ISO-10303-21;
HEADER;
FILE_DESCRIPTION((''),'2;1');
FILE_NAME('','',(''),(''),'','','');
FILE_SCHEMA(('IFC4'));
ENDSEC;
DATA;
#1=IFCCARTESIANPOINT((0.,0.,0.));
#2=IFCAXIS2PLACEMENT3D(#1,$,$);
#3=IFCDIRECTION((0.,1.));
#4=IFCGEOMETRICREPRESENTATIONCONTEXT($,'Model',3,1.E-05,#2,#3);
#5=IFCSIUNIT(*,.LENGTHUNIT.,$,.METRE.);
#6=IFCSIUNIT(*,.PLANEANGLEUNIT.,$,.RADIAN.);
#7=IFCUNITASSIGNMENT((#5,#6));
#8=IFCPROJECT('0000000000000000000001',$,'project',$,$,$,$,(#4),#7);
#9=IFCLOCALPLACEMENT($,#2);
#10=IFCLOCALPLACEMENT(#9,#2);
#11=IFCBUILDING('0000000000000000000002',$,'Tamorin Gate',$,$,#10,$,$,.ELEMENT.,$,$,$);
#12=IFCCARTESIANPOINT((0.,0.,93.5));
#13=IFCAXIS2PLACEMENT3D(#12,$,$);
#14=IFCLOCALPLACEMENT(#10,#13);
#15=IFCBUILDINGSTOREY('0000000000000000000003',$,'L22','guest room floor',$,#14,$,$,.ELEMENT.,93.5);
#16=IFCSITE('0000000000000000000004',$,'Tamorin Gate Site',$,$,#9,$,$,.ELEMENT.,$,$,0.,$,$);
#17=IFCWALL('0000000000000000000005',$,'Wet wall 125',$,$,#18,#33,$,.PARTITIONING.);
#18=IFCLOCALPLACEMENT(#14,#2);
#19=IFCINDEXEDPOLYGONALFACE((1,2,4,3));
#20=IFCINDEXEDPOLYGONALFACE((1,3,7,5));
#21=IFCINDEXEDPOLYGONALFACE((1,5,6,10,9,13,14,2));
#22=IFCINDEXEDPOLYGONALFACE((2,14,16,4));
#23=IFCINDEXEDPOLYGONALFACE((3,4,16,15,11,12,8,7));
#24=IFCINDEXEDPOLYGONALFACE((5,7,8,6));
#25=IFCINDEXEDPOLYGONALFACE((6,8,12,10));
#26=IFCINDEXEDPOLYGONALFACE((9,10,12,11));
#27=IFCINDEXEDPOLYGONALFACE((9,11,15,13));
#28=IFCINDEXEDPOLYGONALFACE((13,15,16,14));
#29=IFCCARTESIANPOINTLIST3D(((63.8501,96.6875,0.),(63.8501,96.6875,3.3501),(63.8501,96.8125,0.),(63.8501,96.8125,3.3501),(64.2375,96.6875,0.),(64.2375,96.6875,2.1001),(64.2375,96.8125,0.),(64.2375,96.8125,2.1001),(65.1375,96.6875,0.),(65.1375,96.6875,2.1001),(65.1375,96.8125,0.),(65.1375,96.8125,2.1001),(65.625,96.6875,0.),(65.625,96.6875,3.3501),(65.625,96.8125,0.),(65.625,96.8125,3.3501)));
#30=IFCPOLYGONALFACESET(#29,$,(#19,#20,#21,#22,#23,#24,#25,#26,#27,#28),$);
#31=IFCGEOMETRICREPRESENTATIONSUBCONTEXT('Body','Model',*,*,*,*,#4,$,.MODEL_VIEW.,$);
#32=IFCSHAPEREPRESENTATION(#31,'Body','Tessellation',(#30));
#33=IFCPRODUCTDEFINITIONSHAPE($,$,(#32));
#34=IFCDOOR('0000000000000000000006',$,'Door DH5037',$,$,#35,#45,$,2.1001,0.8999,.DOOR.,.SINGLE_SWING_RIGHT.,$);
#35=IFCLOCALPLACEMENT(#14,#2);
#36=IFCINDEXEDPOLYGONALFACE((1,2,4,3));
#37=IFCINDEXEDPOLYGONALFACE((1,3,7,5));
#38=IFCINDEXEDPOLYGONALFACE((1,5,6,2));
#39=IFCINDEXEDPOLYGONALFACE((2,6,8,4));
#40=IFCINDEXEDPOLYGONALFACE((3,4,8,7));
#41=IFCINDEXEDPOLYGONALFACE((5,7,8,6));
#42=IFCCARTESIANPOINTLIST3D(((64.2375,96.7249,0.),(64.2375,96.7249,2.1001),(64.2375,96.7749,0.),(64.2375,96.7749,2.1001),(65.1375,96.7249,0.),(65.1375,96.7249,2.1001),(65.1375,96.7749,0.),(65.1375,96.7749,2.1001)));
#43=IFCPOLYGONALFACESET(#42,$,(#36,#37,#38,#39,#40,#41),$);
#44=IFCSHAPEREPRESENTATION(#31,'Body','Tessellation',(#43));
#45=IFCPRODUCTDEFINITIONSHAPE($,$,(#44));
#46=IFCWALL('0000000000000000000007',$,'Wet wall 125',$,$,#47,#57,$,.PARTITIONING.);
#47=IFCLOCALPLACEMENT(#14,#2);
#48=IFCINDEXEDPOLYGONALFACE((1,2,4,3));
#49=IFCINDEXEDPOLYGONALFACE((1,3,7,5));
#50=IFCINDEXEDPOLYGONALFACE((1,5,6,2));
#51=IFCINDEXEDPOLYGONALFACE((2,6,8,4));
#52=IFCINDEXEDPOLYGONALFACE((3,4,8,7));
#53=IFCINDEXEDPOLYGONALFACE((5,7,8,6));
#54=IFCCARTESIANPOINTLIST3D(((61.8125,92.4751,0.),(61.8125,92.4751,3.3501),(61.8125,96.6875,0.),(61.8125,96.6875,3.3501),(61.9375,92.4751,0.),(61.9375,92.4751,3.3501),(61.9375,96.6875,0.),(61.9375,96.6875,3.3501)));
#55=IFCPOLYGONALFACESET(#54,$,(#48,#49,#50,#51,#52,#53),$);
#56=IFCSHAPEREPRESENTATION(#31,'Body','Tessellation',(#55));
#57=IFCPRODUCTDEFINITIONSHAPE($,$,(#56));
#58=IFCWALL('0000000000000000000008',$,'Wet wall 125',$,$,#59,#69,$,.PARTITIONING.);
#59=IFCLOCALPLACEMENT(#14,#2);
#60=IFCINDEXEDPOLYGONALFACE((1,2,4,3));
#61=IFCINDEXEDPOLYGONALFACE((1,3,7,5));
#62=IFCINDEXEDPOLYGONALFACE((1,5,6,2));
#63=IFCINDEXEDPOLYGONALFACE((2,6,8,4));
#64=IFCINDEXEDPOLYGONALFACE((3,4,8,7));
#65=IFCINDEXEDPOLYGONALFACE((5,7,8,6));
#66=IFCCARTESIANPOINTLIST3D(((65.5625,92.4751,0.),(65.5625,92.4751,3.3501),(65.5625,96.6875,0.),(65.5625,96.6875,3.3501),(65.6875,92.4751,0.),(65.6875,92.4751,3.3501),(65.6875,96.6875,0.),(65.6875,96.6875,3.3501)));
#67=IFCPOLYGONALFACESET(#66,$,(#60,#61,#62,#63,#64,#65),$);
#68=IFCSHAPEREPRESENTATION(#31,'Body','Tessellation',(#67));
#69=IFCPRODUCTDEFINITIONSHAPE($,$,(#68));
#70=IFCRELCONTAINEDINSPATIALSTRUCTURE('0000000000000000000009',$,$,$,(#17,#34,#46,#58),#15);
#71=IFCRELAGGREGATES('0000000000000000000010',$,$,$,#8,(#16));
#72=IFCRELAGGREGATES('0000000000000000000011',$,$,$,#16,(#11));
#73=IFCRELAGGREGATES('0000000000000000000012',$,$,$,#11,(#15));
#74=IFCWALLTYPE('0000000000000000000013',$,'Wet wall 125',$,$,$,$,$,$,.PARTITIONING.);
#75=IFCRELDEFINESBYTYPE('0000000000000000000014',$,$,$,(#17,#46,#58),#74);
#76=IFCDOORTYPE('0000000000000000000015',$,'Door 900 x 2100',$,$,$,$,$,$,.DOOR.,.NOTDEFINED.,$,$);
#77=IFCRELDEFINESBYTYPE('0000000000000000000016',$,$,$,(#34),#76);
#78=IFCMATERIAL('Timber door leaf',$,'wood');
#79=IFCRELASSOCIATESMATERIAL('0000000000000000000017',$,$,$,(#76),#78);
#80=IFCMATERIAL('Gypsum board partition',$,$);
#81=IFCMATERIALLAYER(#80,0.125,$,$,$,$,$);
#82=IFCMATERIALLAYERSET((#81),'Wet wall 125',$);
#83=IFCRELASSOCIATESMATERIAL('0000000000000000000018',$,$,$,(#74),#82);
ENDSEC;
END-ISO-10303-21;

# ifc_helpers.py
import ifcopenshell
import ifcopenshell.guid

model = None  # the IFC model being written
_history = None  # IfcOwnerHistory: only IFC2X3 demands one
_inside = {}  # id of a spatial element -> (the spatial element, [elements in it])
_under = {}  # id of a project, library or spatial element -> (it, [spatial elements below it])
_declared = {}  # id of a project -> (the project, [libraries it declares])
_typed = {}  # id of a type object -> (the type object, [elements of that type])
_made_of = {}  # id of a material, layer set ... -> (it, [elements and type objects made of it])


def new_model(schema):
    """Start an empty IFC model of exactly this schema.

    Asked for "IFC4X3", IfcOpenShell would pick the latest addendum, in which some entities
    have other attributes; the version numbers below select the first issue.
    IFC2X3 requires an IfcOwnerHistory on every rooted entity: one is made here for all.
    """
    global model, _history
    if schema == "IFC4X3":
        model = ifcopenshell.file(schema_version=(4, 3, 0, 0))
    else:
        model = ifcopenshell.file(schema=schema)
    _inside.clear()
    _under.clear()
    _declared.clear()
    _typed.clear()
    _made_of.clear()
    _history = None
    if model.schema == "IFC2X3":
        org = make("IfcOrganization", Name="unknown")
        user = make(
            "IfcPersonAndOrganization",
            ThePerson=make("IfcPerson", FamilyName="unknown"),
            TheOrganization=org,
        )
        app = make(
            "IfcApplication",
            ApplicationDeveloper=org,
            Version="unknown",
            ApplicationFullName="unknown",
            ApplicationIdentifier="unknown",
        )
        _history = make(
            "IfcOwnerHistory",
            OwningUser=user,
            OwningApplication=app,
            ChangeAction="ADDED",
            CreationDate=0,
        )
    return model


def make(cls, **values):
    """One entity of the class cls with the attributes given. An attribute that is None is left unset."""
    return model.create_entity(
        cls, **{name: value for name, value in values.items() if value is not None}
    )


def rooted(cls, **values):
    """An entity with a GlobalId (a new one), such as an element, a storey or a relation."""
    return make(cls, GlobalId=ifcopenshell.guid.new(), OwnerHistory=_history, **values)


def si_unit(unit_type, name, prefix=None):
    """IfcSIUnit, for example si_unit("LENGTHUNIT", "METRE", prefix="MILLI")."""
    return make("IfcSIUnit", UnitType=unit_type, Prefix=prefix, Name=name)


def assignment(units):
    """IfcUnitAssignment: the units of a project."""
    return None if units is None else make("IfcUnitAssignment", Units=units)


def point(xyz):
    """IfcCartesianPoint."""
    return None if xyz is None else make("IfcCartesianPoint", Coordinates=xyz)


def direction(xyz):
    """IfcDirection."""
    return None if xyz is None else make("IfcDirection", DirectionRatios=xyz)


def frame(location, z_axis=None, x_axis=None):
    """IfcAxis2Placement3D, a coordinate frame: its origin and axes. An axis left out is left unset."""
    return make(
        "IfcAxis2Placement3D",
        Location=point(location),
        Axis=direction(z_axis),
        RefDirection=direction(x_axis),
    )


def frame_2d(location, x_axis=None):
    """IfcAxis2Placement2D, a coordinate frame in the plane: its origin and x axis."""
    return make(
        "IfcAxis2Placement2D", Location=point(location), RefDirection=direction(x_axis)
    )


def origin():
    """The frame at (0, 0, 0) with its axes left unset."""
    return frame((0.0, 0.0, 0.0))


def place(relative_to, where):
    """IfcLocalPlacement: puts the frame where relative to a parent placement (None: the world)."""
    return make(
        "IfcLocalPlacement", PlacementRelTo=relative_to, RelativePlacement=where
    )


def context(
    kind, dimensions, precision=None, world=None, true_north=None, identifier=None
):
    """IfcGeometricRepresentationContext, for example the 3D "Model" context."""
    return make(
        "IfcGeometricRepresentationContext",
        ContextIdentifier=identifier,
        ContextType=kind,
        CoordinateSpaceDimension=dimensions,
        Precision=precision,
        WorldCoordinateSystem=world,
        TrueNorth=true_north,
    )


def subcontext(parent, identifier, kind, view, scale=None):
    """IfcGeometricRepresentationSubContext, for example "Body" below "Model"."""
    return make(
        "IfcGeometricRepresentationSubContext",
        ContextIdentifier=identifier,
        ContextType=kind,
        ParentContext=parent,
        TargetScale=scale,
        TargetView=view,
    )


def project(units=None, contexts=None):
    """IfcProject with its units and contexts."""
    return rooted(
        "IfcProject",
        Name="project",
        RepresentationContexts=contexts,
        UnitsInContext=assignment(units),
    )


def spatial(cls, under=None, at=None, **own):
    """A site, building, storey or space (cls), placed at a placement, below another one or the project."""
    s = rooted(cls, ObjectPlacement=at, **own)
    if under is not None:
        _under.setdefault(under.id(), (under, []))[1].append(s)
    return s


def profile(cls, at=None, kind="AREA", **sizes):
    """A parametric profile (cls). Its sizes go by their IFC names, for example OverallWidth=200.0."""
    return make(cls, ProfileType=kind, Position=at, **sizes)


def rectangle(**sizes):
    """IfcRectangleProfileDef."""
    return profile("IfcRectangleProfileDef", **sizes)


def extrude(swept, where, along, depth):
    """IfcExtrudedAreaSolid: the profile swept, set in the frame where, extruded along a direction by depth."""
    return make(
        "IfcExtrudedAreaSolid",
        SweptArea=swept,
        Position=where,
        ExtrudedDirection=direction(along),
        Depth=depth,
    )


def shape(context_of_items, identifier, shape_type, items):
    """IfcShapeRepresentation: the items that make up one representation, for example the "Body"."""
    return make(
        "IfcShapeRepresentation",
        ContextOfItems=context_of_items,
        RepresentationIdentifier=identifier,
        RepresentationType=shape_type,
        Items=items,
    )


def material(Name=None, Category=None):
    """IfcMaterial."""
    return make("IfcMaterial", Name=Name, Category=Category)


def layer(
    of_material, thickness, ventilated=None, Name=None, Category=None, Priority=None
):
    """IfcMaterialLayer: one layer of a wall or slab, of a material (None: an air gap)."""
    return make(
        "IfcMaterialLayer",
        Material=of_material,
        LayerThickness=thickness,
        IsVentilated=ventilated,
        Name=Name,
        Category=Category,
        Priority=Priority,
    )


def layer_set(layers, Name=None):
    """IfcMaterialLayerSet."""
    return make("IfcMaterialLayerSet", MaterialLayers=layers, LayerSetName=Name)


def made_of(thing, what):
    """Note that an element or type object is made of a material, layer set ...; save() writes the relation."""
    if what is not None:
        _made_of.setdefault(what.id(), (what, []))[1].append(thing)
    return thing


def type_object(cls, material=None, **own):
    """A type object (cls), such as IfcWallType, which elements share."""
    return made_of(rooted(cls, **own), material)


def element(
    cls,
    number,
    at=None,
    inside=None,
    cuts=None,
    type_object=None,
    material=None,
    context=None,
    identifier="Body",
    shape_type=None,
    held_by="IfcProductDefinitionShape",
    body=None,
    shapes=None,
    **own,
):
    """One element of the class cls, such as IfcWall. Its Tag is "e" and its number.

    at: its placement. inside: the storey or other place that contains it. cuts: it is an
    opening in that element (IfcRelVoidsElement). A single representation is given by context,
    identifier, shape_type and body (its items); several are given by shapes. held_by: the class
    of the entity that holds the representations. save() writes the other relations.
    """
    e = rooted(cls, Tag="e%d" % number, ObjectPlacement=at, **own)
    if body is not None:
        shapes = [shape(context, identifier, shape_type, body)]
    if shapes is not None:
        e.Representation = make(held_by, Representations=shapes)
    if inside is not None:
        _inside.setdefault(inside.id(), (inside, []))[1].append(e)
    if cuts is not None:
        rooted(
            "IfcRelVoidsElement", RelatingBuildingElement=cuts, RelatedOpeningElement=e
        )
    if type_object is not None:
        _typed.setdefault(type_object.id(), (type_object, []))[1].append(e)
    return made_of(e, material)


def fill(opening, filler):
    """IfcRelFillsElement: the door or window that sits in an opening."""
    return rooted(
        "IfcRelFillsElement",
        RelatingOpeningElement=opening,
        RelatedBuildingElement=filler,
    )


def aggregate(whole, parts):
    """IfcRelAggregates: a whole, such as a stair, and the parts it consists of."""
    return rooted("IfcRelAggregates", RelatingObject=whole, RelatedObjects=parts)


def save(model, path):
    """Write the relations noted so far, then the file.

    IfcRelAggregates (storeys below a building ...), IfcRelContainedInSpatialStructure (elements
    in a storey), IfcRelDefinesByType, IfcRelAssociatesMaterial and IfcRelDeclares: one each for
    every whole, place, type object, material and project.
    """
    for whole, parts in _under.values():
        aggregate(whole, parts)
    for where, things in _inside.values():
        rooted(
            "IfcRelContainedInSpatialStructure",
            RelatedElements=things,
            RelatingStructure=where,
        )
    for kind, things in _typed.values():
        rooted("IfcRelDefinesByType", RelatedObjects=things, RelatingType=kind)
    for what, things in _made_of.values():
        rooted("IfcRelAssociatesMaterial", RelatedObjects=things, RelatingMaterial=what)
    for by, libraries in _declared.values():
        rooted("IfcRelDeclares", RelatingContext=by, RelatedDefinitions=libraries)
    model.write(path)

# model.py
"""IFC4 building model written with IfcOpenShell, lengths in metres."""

from ifc_helpers import new_model, si_unit, direction, frame, frame_2d, origin, place, context, subcontext, project, spatial, rectangle, extrude, material, layer, layer_set, type_object, element, fill, save


model = new_model("IFC4")

# Units and contexts
model_context = context("Model", 3, precision=1e-05, world=origin(), true_north=direction((0.0, 1.0)))
body_context = subcontext(model_context, "Body", "Model", "MODEL_VIEW")
ifc_project = project(units=[si_unit("LENGTHUNIT", "METRE"), si_unit("PLANEANGLEUNIT", "RADIAN")], contexts=[model_context])

# Site, building, storey
site_placement = place(None, origin())
site = spatial("IfcSite", under=ifc_project, at=site_placement, Name="Tamorin Gate Site", CompositionType="ELEMENT", RefElevation=0.0)
building_placement = place(site_placement, origin())
building = spatial("IfcBuilding", under=site, at=building_placement, Name="Tamorin Gate", CompositionType="ELEMENT")
storey_placement = place(building_placement, frame((0.0, 0.0, 93.5)))
storey = spatial("IfcBuildingStorey", under=building, at=storey_placement, Name="L22", Description="guest room floor", CompositionType="ELEMENT", Elevation=93.5)

# Shared definitions
ifc_material_1 = material(Name="Gypsum board partition")

# Wall, opening, door
ifc_material_2 = material(Name="Timber door leaf", Category="wood")
door_type = type_object("IfcDoorType", Name="Door 900 x 2100", OperationType="NOTDEFINED", PredefinedType="DOOR", material=ifc_material_2)
ifc_layer_1 = layer(ifc_material_1, 0.125)
ifc_layer_set_1 = layer_set([ifc_layer_1], Name="Wet wall 125")
wall_type_1 = type_object("IfcWallType", Name="Wet wall 125", PredefinedType="PARTITIONING", material=ifc_layer_set_1)
wall_1_placement = place(storey_placement, frame((63.8501, 96.75, 0.0), z_axis=(0.0, 0.0, 1.0), x_axis=(1.0, 0.0, 0.0)))
wall_1 = element("IfcWall", 1, at=wall_1_placement, inside=storey, type_object=wall_type_1, Name="Wet wall 125", PredefinedType="PARTITIONING", context=body_context, shape_type="SweptSolid", body=[
    extrude(rectangle(XDim=1.7749, YDim=0.125, at=frame_2d((0.8875, 0.0))), origin(), (0.0, 0.0, 1.0), 3.3501),
])
opening_1_placement = place(wall_1_placement, frame((0.3875, 0.0, 0.0)))
opening_1 = element("IfcOpeningElement", 2, at=opening_1_placement, cuts=wall_1, PredefinedType="OPENING", context=body_context, shape_type="SweptSolid", body=[
    extrude(rectangle(XDim=0.8999, YDim=2.1001, at=frame_2d((0.45, 1.05))), frame((0.0, 0.0725, 0.0), z_axis=(0.0, -1.0, 0.0), x_axis=(1.0, 0.0, 0.0)), (0.0, 0.0, 1.0), 0.145),
])
door_1_placement = place(opening_1_placement, origin())
door_1 = element("IfcDoor", 3, at=door_1_placement, inside=storey, type_object=door_type, Name="Door DH5037", OperationType="SINGLE_SWING_RIGHT", OverallHeight=2.1001, OverallWidth=0.8999, PredefinedType="DOOR", context=body_context, shape_type="SweptSolid", body=[
    extrude(rectangle(XDim=0.8999, YDim=2.1001, at=frame_2d((0.45, 1.05))), frame((0.0, 0.0249, 0.0), z_axis=(0.0, -1.0, 0.0), x_axis=(1.0, 0.0, 0.0)), (0.0, 0.0, 1.0), 0.05),
])
fill(opening_1, door_1)

# Walls
for number, where, z_axis, x_axis, name in (
    (4, (61.875, 92.4751, 0.0), (0.0, 0.0, 1.0), (0.0, 1.0, 0.0), "Wet wall 125"),
    (5, (65.625, 92.4751, 0.0), (0.0, 0.0, 1.0), (0.0, 1.0, 0.0), "Wet wall 125"),
):
    element("IfcWall", number, at=place(storey_placement, frame(where, z_axis=z_axis, x_axis=x_axis)), inside=storey, type_object=wall_type_1, Name=name, PredefinedType="PARTITIONING", context=body_context, shape_type="SweptSolid", body=[
        extrude(rectangle(XDim=4.2124, YDim=0.125, at=frame_2d((2.1062, 0.0))), origin(), (0.0, 0.0, 1.0), 3.3501),
    ])

save(model, "model.ifc")
